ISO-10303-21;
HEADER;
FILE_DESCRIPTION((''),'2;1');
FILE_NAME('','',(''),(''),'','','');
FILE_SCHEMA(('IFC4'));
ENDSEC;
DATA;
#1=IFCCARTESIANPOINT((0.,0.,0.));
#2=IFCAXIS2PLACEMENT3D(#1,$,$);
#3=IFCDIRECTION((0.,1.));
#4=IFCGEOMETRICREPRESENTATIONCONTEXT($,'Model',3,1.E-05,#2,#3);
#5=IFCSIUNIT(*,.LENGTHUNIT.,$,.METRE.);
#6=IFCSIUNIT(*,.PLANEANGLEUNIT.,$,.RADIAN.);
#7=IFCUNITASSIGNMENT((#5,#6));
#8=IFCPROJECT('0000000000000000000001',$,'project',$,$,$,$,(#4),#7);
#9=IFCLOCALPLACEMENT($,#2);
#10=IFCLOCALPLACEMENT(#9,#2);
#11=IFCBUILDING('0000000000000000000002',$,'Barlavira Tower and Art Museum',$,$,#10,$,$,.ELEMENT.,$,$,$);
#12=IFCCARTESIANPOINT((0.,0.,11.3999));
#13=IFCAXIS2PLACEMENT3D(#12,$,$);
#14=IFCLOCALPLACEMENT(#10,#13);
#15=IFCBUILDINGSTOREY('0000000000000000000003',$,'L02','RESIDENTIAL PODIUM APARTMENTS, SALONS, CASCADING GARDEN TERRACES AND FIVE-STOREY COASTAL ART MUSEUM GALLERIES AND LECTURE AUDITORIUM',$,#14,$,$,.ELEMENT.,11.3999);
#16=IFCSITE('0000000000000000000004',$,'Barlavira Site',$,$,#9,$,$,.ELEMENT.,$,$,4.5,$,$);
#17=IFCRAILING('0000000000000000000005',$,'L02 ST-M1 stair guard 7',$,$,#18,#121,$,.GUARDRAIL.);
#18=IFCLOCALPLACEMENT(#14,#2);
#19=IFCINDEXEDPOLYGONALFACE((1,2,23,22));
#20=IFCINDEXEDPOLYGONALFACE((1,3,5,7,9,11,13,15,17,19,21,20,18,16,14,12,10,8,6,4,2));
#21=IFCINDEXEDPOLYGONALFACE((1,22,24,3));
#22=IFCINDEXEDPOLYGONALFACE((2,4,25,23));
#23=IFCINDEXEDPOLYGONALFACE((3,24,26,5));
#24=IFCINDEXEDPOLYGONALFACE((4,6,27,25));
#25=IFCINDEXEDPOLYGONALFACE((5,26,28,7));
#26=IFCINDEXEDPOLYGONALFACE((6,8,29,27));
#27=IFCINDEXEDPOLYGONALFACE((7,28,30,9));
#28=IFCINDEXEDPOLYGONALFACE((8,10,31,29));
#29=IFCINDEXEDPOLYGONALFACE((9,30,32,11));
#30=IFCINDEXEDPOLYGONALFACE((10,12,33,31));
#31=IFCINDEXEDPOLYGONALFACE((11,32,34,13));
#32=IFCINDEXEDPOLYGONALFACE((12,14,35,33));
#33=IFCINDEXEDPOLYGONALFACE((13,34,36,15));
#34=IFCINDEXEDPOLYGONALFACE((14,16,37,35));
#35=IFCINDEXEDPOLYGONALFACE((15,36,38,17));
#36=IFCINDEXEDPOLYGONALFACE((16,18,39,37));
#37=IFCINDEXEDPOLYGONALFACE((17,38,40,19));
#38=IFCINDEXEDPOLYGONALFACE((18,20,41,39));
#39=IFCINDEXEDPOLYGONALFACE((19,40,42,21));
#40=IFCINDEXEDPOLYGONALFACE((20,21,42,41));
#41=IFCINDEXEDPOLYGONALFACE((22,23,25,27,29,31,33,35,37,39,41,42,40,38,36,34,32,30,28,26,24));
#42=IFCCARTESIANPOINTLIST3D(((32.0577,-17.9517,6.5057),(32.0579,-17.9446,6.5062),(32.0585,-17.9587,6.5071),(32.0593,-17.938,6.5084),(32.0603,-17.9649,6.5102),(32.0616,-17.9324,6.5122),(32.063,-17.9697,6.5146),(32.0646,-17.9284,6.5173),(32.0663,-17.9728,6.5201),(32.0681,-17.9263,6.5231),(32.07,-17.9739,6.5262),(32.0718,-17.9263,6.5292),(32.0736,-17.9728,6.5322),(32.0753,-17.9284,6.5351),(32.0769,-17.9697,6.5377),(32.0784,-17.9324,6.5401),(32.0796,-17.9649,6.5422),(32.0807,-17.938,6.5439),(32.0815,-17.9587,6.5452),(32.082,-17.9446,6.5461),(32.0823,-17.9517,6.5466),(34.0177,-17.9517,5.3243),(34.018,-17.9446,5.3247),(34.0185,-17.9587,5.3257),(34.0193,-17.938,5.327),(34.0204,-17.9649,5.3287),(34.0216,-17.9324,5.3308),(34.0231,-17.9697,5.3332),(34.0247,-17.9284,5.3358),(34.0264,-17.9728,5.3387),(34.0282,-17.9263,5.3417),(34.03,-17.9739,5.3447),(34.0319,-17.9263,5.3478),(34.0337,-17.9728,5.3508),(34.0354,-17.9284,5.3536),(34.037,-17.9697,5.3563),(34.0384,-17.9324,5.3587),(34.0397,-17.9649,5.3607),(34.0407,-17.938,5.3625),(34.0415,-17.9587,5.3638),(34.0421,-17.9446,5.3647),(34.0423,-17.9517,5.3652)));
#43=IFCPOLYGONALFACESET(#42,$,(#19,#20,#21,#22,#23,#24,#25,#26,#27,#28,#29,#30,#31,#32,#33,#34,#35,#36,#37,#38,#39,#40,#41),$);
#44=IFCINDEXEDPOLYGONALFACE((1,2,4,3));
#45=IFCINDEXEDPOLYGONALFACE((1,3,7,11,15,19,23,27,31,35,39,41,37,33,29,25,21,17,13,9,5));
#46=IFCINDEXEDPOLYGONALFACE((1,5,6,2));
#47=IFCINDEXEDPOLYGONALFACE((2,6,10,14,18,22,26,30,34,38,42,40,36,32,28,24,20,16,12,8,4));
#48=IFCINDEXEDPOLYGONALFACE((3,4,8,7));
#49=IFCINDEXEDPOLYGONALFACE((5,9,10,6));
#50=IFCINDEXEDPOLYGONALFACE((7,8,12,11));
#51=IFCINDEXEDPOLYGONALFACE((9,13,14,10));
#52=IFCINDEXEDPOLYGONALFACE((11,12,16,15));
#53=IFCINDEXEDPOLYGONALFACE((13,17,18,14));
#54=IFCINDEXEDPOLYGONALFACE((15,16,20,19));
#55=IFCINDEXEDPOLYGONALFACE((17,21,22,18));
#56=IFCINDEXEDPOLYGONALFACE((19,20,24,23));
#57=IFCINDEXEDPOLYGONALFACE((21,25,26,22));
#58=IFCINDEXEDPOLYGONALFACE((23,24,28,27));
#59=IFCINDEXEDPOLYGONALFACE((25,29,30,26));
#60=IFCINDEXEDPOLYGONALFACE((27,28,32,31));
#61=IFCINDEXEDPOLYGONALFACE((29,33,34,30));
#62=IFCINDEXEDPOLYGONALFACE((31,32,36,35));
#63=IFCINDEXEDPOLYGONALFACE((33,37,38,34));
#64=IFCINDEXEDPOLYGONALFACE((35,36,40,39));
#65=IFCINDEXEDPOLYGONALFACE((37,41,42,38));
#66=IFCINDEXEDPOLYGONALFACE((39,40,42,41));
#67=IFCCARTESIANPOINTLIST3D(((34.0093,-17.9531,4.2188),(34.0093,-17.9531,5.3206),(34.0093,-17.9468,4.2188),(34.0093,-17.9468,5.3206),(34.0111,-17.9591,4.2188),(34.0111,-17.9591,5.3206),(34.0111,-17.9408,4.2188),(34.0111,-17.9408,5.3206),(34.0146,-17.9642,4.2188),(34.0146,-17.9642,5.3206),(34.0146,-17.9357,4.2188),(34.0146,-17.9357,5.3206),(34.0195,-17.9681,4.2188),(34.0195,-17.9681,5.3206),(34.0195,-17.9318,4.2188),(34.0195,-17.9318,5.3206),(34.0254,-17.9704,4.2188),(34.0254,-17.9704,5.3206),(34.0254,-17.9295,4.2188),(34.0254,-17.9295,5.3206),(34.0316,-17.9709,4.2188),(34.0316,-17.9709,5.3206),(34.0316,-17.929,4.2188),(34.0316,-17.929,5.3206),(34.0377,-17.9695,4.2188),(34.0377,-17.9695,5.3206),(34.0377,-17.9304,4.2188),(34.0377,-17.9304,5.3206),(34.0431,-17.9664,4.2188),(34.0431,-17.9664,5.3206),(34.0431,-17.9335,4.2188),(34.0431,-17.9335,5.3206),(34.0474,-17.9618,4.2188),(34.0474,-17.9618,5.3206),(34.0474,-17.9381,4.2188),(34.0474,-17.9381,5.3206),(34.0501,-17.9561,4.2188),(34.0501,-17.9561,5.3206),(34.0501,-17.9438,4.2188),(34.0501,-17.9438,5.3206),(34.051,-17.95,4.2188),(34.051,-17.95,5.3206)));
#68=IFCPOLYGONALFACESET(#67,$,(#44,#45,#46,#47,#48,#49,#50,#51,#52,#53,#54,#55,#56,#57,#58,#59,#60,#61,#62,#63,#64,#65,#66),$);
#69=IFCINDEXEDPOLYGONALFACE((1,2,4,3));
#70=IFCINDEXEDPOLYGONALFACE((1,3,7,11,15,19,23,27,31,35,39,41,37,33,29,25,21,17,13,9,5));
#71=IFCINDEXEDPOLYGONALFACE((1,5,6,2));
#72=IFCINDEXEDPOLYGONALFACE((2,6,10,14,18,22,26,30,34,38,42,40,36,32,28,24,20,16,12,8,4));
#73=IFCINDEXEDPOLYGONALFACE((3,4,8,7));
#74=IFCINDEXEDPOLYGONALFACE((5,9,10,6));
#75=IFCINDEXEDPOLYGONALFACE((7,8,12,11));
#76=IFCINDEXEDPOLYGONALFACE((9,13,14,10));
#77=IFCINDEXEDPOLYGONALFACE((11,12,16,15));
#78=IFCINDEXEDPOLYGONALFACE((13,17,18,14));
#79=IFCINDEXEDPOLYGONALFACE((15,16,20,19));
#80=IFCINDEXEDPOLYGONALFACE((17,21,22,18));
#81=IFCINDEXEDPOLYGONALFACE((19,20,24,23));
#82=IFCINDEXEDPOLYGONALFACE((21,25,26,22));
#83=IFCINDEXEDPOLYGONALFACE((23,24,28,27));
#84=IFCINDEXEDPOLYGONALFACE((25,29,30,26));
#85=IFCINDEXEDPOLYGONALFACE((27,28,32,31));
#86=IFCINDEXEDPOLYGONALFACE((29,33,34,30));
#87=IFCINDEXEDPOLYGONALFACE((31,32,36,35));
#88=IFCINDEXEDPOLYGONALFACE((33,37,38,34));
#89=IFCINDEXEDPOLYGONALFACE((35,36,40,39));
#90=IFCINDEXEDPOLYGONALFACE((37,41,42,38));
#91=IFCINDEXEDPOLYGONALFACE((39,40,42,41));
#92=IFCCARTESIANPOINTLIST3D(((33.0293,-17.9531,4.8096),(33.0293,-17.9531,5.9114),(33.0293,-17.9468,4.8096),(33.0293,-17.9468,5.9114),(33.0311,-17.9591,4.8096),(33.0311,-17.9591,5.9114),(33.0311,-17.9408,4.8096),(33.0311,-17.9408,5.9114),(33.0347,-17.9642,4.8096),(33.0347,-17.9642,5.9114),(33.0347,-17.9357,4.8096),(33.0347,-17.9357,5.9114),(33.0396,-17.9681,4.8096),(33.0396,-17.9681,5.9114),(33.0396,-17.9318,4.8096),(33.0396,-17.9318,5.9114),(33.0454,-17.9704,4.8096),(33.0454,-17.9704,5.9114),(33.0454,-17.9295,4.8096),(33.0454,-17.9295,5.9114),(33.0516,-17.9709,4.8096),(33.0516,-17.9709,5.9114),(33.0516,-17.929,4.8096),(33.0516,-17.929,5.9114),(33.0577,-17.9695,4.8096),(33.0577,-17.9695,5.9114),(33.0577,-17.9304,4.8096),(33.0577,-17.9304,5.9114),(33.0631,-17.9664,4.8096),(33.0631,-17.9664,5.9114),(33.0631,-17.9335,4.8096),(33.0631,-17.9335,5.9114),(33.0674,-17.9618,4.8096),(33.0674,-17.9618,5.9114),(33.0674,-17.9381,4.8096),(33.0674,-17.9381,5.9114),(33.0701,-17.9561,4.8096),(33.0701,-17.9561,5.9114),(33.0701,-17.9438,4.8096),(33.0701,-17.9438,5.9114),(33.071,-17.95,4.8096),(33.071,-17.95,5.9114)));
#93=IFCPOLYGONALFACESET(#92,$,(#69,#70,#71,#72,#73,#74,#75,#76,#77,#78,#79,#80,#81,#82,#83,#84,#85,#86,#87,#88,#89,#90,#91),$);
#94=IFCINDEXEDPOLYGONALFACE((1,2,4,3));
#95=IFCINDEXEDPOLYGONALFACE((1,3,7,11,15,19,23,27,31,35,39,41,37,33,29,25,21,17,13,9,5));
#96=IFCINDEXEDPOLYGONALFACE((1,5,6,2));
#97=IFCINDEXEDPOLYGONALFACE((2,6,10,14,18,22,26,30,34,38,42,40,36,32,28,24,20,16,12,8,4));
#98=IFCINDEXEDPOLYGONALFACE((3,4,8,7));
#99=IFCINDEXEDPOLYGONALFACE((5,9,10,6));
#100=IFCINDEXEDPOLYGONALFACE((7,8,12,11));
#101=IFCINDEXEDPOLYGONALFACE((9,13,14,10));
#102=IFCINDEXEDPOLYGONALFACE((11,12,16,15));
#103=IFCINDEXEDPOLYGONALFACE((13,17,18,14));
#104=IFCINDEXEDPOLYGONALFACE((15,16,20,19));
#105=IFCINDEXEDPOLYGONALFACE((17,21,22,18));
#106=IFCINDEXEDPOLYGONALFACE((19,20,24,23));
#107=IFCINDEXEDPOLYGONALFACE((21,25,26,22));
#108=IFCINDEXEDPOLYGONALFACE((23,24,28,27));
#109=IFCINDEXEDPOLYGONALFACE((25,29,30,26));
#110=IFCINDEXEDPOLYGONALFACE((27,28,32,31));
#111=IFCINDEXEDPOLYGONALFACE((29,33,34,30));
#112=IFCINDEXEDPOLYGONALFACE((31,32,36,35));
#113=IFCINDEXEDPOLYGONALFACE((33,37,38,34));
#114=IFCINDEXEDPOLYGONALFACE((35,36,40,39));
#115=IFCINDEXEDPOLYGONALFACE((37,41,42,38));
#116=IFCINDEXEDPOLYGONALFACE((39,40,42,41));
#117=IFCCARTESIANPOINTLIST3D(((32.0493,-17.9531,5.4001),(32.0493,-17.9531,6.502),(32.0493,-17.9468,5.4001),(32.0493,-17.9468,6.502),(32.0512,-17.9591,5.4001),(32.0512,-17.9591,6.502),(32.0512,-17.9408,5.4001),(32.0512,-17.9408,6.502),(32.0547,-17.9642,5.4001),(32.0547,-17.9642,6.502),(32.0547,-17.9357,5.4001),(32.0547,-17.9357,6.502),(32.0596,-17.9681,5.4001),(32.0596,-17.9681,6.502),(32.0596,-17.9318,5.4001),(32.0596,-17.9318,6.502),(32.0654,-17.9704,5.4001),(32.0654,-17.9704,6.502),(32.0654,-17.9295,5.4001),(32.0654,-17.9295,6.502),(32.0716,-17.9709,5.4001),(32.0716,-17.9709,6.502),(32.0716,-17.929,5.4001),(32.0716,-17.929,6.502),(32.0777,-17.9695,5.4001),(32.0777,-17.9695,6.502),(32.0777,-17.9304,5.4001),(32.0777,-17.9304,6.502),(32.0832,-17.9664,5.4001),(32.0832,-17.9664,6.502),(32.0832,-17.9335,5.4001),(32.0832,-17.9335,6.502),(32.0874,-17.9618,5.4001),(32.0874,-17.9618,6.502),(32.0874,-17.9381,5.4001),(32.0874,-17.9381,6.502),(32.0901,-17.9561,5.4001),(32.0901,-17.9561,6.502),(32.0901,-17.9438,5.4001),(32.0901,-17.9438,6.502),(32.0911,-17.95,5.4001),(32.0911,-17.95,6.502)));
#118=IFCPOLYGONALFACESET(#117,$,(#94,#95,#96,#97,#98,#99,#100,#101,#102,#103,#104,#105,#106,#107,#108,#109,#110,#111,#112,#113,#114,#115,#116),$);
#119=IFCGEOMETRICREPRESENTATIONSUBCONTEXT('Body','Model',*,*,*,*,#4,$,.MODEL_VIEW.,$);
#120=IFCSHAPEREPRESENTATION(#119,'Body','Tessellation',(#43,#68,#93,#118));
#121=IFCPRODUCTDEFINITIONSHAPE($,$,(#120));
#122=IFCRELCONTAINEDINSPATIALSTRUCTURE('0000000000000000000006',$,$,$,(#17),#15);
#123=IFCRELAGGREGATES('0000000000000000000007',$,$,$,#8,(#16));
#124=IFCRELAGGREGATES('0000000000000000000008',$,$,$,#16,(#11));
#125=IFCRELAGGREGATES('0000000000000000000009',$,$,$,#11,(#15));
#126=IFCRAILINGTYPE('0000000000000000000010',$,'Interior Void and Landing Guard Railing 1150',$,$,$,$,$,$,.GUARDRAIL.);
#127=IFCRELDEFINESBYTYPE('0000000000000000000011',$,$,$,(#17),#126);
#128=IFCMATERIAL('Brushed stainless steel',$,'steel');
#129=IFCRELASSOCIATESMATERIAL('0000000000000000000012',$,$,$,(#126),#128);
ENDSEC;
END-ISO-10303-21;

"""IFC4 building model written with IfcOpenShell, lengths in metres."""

from ifc_helpers import new_model, si_unit, direction, frame, origin, origin_2d, place, context, subcontext, project, spatial, circle, extrude, material, type_object, element, save


model = new_model("IFC4")

# Units and contexts
model_context = context("Model", 3, precision=1e-05, world=origin(), true_north=direction((0.0, 1.0)))
body_context = subcontext(model_context, "Body", "Model", "MODEL_VIEW")
ifc_project = project(units=[si_unit("LENGTHUNIT", "METRE"), si_unit("PLANEANGLEUNIT", "RADIAN")], contexts=[model_context])

# Site, building, storey
site_placement = place(None, origin())
site = spatial("IfcSite", under=ifc_project, at=site_placement, Name="Barlavira Site", CompositionType="ELEMENT", RefElevation=4.5)
building_placement = place(site_placement, origin())
building = spatial("IfcBuilding", under=site, at=building_placement, Name="Barlavira Tower and Art Museum", CompositionType="ELEMENT")
storey_placement = place(building_placement, frame((0.0, 0.0, 11.3999)))
storey = spatial("IfcBuildingStorey", under=building, at=storey_placement, Name="L02", Description="RESIDENTIAL PODIUM APARTMENTS, SALONS, CASCADING GARDEN TERRACES AND FIVE-STOREY COASTAL ART MUSEUM GALLERIES AND LECTURE AUDITORIUM", CompositionType="ELEMENT", Elevation=11.3999)

# Shared definitions
ifc_material_1 = material(Name="Brushed stainless steel", Category="steel")

# Railing
railing_type_1 = type_object("IfcRailingType", Name="Interior Void and Landing Guard Railing 1150", PredefinedType="GUARDRAIL", material=ifc_material_1)
railing_1_placement = place(storey_placement, frame((34.03, -17.95, 4.2188)))
element("IfcRailing", 1, at=railing_1_placement, inside=storey, type_object=railing_type_1, Name="L02 ST-M1 stair guard 7", PredefinedType="GUARDRAIL", context=body_context, shape_type="SweptSolid", body=[
    extrude(circle(Radius=0.0239, at=origin_2d()), frame((0.0, 0.0, 1.126), z_axis=(-0.856446, 0.0, 0.516236), x_axis=(0.0, -1.0, 0.0)), (0.0, 0.0, 1.0), 2.2886),
    extrude(circle(Radius=0.021, at=origin_2d()), origin(), (0.0, 0.0, 1.0), 1.1018),
    extrude(circle(Radius=0.021, at=origin_2d()), frame((-0.98, 0.0, 0.5908)), (0.0, 0.0, 1.0), 1.1018),
    extrude(circle(Radius=0.021, at=origin_2d()), frame((-1.96, 0.0, 1.1814)), (0.0, 0.0, 1.0), 1.1018),
])

save(model, "model.ifc")
